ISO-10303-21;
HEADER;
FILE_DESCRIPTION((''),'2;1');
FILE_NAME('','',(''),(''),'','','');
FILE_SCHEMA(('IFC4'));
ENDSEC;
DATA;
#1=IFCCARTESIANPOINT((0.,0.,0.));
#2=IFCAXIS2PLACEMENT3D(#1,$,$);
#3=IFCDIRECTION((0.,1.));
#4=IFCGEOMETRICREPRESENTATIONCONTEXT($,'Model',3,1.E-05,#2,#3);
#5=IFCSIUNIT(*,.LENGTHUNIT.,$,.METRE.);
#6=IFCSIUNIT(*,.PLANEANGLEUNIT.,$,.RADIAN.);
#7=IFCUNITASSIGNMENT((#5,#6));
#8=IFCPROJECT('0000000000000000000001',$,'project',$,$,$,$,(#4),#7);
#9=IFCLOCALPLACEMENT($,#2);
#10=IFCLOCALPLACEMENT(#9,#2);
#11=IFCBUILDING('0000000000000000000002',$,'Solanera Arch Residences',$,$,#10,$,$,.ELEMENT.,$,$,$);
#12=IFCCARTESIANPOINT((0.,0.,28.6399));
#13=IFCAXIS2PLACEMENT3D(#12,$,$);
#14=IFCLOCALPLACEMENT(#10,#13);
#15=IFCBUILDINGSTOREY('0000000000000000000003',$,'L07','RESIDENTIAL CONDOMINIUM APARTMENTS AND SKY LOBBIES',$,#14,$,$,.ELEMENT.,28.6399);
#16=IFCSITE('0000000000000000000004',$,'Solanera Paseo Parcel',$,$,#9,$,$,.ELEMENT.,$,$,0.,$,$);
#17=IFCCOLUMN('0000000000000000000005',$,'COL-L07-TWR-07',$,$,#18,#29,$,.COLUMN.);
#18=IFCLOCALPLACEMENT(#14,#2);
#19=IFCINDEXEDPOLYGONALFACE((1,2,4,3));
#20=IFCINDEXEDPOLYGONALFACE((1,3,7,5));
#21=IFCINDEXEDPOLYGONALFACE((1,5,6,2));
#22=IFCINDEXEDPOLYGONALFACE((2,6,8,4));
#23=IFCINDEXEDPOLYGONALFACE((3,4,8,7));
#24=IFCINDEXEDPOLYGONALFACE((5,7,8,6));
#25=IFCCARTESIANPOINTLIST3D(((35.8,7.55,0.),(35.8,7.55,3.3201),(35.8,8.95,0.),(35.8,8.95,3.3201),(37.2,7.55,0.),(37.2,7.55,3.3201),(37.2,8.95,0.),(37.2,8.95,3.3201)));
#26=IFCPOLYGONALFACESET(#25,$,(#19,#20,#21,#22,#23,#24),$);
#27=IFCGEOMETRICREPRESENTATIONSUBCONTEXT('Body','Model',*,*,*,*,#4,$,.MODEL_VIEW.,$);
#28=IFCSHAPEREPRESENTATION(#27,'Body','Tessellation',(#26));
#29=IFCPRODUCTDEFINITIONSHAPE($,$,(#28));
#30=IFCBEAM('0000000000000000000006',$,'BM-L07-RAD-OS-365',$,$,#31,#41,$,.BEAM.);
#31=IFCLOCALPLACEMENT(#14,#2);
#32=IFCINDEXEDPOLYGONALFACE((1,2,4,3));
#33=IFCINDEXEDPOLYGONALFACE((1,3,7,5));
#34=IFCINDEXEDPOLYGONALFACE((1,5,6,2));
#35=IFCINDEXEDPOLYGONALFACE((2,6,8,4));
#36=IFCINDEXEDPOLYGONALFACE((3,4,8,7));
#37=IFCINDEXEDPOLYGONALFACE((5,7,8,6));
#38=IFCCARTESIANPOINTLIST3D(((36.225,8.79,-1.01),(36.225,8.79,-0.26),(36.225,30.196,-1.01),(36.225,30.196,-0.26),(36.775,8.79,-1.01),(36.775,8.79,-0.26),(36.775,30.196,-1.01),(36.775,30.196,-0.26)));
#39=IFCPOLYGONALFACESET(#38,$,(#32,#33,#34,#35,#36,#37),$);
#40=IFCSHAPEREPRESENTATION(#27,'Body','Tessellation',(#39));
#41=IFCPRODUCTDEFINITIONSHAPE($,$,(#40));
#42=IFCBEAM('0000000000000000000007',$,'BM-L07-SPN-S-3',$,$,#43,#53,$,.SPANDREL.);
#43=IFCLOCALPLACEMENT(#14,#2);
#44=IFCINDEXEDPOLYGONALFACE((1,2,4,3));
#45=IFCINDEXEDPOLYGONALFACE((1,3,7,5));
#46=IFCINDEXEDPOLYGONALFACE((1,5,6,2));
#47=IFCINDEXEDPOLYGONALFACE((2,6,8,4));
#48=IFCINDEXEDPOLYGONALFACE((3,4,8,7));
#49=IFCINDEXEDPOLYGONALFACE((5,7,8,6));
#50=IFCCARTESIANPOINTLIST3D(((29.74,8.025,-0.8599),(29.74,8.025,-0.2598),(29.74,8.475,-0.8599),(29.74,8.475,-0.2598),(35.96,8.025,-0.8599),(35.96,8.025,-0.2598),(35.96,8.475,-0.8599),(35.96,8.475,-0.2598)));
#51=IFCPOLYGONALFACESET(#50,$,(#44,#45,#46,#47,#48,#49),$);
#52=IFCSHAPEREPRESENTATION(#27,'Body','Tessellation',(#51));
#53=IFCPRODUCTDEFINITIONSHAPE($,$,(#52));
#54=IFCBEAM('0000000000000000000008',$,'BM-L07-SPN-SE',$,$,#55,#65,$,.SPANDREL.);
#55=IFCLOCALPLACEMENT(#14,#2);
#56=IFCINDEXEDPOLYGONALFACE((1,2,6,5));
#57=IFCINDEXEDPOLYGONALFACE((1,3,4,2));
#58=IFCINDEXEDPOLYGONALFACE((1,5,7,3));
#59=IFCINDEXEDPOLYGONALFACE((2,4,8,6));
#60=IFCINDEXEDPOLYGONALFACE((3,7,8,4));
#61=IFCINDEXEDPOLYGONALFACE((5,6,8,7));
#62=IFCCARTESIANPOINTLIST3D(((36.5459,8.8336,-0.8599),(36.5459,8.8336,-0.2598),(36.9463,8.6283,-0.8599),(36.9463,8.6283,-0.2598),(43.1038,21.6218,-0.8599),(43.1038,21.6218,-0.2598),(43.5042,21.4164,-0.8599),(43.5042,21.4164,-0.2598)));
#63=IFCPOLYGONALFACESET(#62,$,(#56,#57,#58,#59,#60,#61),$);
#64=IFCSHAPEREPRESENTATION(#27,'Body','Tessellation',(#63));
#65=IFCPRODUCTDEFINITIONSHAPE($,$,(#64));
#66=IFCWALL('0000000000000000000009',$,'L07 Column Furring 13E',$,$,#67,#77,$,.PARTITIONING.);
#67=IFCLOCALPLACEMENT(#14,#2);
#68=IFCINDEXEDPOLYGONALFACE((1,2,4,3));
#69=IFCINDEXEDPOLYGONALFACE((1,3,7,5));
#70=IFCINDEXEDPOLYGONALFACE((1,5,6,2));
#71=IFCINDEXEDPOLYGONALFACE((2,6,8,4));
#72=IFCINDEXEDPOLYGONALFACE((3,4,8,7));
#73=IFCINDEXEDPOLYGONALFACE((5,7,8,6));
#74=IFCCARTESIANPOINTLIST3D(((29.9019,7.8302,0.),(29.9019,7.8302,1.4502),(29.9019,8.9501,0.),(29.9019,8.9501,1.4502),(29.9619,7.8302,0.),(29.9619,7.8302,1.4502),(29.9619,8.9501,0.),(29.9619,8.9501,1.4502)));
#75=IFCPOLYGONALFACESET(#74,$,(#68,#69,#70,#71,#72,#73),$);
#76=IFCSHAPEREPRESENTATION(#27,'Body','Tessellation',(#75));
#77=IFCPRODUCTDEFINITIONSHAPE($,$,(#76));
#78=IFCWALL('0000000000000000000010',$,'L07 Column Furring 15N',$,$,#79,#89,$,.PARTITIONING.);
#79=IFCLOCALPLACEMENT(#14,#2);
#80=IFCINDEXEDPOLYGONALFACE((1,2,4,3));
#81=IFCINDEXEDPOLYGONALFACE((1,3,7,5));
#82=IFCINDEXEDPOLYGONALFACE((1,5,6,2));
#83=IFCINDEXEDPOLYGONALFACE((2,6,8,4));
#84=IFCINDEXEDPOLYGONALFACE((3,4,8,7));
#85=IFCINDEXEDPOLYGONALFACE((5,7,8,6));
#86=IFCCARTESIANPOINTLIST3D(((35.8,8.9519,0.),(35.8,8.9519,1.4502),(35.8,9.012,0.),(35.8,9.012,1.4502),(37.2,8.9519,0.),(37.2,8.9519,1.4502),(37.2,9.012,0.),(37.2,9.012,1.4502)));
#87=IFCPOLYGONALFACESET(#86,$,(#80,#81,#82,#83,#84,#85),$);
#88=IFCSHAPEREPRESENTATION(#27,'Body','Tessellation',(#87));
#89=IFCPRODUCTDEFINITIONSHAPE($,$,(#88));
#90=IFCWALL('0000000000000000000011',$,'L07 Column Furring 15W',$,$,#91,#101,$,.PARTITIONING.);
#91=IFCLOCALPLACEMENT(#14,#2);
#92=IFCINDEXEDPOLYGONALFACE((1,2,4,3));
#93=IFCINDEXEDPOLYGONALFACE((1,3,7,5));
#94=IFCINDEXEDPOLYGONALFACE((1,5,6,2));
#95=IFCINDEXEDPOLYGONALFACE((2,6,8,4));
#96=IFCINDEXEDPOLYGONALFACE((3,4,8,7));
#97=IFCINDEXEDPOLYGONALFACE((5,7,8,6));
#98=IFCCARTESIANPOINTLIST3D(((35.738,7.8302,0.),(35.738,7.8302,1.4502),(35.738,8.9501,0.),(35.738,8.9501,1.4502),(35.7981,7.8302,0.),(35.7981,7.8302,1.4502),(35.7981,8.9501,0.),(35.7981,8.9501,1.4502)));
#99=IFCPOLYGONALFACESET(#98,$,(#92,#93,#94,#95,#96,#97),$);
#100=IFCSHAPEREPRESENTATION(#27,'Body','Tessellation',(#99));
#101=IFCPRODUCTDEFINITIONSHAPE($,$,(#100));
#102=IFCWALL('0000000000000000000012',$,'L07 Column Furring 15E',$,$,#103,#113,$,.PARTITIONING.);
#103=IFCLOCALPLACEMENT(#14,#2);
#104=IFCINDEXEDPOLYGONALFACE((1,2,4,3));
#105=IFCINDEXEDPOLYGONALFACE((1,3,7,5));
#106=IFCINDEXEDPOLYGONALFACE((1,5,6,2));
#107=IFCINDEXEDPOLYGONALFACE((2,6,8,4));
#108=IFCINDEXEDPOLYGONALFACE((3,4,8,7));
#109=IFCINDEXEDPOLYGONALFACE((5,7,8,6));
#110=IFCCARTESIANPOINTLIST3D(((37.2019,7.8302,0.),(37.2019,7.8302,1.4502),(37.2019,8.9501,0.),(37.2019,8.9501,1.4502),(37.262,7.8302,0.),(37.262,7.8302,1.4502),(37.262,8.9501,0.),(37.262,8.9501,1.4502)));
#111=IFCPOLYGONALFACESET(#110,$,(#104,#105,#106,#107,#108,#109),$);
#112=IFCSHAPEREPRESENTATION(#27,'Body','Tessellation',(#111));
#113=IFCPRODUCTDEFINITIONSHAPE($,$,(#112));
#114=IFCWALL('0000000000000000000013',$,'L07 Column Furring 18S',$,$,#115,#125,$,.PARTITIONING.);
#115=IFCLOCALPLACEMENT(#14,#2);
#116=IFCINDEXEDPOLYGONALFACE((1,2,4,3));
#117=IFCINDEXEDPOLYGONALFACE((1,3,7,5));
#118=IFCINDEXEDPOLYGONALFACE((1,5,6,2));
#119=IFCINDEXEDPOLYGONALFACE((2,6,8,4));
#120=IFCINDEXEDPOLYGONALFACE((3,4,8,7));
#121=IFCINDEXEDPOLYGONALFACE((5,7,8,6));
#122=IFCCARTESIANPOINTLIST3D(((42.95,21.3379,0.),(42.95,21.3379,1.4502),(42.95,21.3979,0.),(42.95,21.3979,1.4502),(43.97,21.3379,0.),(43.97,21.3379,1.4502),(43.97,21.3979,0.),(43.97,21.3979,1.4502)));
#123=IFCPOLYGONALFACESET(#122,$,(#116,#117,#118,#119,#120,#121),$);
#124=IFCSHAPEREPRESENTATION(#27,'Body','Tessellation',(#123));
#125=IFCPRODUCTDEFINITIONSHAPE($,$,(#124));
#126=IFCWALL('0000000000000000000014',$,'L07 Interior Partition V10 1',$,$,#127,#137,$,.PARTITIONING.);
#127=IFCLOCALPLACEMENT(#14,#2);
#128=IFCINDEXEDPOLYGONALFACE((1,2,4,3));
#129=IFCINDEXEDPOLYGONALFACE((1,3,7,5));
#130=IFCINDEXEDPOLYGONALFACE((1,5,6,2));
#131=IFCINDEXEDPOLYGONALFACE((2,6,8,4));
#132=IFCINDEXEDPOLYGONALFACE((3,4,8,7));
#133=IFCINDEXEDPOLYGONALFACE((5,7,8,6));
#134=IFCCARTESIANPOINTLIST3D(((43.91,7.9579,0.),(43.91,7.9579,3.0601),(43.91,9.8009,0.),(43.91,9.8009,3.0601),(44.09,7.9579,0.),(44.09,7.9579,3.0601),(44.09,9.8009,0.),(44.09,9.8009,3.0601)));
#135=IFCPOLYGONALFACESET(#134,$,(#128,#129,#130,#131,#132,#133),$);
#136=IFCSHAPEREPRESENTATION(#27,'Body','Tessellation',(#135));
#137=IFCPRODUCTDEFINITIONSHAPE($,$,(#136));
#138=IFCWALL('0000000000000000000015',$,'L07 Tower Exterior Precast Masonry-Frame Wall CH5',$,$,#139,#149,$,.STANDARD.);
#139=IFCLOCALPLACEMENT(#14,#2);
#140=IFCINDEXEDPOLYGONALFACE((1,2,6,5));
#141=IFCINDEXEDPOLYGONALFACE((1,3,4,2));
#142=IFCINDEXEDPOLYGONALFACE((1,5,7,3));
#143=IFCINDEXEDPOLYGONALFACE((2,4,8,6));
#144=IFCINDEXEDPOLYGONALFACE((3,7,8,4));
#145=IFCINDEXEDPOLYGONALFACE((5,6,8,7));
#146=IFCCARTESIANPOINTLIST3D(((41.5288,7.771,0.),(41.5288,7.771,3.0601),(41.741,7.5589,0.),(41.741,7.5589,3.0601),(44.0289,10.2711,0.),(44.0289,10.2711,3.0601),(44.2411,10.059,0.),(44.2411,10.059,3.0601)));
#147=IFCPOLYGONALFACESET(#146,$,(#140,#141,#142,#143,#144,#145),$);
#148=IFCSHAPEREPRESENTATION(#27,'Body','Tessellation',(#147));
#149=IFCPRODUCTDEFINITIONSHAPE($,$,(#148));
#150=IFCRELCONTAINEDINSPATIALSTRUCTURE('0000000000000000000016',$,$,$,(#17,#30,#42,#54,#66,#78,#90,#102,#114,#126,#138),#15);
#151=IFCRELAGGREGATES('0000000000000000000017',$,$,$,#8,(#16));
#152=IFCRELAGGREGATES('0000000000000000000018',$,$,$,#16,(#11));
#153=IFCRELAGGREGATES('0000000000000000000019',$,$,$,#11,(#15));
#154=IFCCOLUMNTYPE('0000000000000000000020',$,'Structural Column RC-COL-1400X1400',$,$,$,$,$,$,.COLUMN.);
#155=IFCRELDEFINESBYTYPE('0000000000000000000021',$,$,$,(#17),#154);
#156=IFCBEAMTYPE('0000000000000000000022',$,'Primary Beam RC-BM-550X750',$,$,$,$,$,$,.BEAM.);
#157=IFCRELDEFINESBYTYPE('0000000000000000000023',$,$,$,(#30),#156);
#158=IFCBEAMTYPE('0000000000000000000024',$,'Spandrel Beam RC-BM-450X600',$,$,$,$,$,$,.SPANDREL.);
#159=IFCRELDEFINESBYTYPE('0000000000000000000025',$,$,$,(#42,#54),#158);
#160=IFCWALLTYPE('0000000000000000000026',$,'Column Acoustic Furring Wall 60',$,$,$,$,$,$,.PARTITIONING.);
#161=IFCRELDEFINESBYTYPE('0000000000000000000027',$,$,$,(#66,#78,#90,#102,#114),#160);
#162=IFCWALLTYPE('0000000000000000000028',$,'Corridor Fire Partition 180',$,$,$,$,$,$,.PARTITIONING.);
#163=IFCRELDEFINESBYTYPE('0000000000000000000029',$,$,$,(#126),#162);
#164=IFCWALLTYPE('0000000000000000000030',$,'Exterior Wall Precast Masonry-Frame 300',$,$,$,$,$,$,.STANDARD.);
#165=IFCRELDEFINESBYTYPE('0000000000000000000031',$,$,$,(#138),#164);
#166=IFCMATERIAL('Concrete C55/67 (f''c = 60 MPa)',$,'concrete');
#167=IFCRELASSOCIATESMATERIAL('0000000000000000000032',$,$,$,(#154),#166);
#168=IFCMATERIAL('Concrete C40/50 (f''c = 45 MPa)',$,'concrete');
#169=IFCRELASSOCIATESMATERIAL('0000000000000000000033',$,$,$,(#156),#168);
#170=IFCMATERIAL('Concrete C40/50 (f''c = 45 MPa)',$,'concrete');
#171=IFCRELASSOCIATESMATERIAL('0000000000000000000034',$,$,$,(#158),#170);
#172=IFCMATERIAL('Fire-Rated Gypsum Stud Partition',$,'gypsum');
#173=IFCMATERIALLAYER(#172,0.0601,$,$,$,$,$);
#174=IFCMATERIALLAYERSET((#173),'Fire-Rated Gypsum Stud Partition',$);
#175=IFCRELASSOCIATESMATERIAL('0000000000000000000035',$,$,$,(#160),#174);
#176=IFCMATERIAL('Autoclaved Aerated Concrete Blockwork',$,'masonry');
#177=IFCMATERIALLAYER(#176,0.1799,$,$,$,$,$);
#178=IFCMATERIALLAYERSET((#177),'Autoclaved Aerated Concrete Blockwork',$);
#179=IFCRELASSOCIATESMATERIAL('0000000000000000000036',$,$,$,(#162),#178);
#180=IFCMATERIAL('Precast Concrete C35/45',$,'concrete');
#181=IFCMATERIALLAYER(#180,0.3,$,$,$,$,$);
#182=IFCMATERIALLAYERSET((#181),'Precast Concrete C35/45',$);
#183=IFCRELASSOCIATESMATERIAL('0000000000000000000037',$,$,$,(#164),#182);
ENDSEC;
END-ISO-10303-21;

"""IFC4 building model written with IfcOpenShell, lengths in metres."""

from ifc_helpers import new_model, si_unit, direction, frame, frame_2d, origin, origin_2d, place, context, subcontext, project, spatial, rectangle, extrude, material, layer, layer_set, material_profile, profile_set, type_object, element, save


model = new_model("IFC4")

# Units and contexts
model_context = context("Model", 3, precision=1e-05, world=origin(), true_north=direction((0.0, 1.0)))
body_context = subcontext(model_context, "Body", "Model", "MODEL_VIEW")
ifc_project = project(units=[si_unit("LENGTHUNIT", "METRE"), si_unit("PLANEANGLEUNIT", "RADIAN")], contexts=[model_context])

# Site, building, storey
site_placement = place(None, origin())
site = spatial("IfcSite", under=ifc_project, at=site_placement, Name="Solanera Paseo Parcel", CompositionType="ELEMENT", RefElevation=0.0)
building_placement = place(site_placement, origin())
building = spatial("IfcBuilding", under=site, at=building_placement, Name="Solanera Arch Residences", CompositionType="ELEMENT")
storey_placement = place(building_placement, frame((0.0, 0.0, 28.6399)))
storey = spatial("IfcBuildingStorey", under=building, at=storey_placement, Name="L07", Description="RESIDENTIAL CONDOMINIUM APARTMENTS AND SKY LOBBIES", CompositionType="ELEMENT", Elevation=28.6399)

# Column
ifc_material_1 = material(Name="Concrete C55/67 (f'c = 60 MPa)", Category="concrete")
ifc_material_profile_1 = material_profile(ifc_material_1, rectangle(XDim=1.3999, YDim=1.3999, at=origin_2d()))
ifc_profile_set_1 = profile_set([ifc_material_profile_1], Name="Concrete C55/67 (f'c = 60 MPa)")
column_type = type_object("IfcColumnType", Name="Structural Column RC-COL-1400X1400", PredefinedType="COLUMN", material=ifc_profile_set_1)
column_placement = place(storey_placement, frame((36.5, 8.25, 0.0), z_axis=(0.0, 0.0, 1.0), x_axis=(1.0, 0.0, 0.0)))
element("IfcColumn", 1, at=column_placement, inside=storey, type_object=column_type, Name="COL-L07-TWR-07", PredefinedType="COLUMN", context=body_context, shape_type="SweptSolid", body=[
    extrude(rectangle(XDim=1.3999, YDim=1.3999, at=origin_2d()), origin(), (0.0, 0.0, 1.0), 3.3201),
])

# Beams
ifc_material_2 = material(Name="Concrete C40/50 (f'c = 45 MPa)", Category="concrete")
ifc_material_profile_2 = material_profile(ifc_material_2, rectangle(XDim=0.55, YDim=0.75, at=origin_2d()))
ifc_profile_set_2 = profile_set([ifc_material_profile_2], Name="Concrete C40/50 (f'c = 45 MPa)")
beam_type_1 = type_object("IfcBeamType", Name="Primary Beam RC-BM-550X750", PredefinedType="BEAM", material=ifc_profile_set_2)
beam_1_placement = place(storey_placement, frame((36.5, 8.79, -0.635), z_axis=(0.0, 1.0, 0.0), x_axis=(-1.0, 0.0, 0.0)))
element("IfcBeam", 2, at=beam_1_placement, inside=storey, type_object=beam_type_1, Name="BM-L07-RAD-OS-365", PredefinedType="BEAM", context=body_context, shape_type="SweptSolid", body=[
    extrude(rectangle(XDim=0.55, YDim=0.75, at=origin_2d()), origin(), (0.0, 0.0, 1.0), 21.406),
])
ifc_material_3 = material(Name="Concrete C40/50 (f'c = 45 MPa)", Category="concrete")
ifc_material_profile_3 = material_profile(ifc_material_3, rectangle(XDim=0.45, YDim=0.6001, at=origin_2d()))
ifc_profile_set_3 = profile_set([ifc_material_profile_3], Name="Concrete C40/50 (f'c = 45 MPa)")
beam_type_2 = type_object("IfcBeamType", Name="Spandrel Beam RC-BM-450X600", PredefinedType="SPANDREL", material=ifc_profile_set_3)
beam_2_placement = place(storey_placement, frame((29.74, 8.25, -0.5598), z_axis=(1.0, 0.0, 0.0), x_axis=(0.0, 1.0, 0.0)))
element("IfcBeam", 3, at=beam_2_placement, inside=storey, type_object=beam_type_2, Name="BM-L07-SPN-S-3", PredefinedType="SPANDREL", context=body_context, shape_type="SweptSolid", body=[
    extrude(rectangle(XDim=0.45, YDim=0.6001, at=origin_2d()), origin(), (0.0, 0.0, 1.0), 6.22),
])
beam_3_placement = place(storey_placement, frame((36.7461, 8.731, -0.5598), z_axis=(0.456309, 0.889821, 0.0), x_axis=(-0.889821, 0.456309, 0.0)))
element("IfcBeam", 4, at=beam_3_placement, inside=storey, type_object=beam_type_2, Name="BM-L07-SPN-SE", PredefinedType="SPANDREL", context=body_context, shape_type="SweptSolid", body=[
    extrude(rectangle(XDim=0.45, YDim=0.6001, at=origin_2d()), origin(), (0.0, 0.0, 1.0), 14.3716),
])

# Walls
ifc_material_4 = material(Name="Fire-Rated Gypsum Stud Partition", Category="gypsum")
ifc_layer_1 = layer(ifc_material_4, 0.0601)
ifc_layer_set_1 = layer_set([ifc_layer_1], Name="Fire-Rated Gypsum Stud Partition")
wall_type_1 = type_object("IfcWallType", Name="Column Acoustic Furring Wall 60", PredefinedType="PARTITIONING", material=ifc_layer_set_1)
wall_1_placement = place(storey_placement, frame((29.9319, 7.8301, 0.0), z_axis=(0.0, 0.0, 1.0), x_axis=(0.0, 1.0, 0.0)))
element("IfcWall", 5, at=wall_1_placement, inside=storey, type_object=wall_type_1, Name="L07 Column Furring 13E", PredefinedType="PARTITIONING", context=body_context, shape_type="SweptSolid", body=[
    extrude(rectangle(XDim=1.1199, YDim=0.0601, at=frame_2d((0.5601, 0.0))), origin(), (0.0, 0.0, 1.0), 1.4502),
])
wall_2_placement = place(storey_placement, frame((35.8, 8.9819, 0.0), z_axis=(0.0, 0.0, 1.0), x_axis=(1.0, 0.0, 0.0)))
element("IfcWall", 6, at=wall_2_placement, inside=storey, type_object=wall_type_1, Name="L07 Column Furring 15N", PredefinedType="PARTITIONING", context=body_context, shape_type="SweptSolid", body=[
    extrude(rectangle(XDim=1.3999, YDim=0.0601, at=frame_2d((0.7, 0.0))), origin(), (0.0, 0.0, 1.0), 1.4502),
])
for number, where, z_axis, x_axis, name in (
    (7, (35.7681, 7.8301, 0.0), (0.0, 0.0, 1.0), (0.0, 1.0, 0.0), "L07 Column Furring 15W"),
    (8, (37.2319, 7.8301, 0.0), (0.0, 0.0, 1.0), (0.0, 1.0, 0.0), "L07 Column Furring 15E"),
):
    element("IfcWall", number, at=place(storey_placement, frame(where, z_axis=z_axis, x_axis=x_axis)), inside=storey, type_object=wall_type_1, Name=name, PredefinedType="PARTITIONING", context=body_context, shape_type="SweptSolid", body=[
        extrude(rectangle(XDim=1.1199, YDim=0.0601, at=frame_2d((0.5601, 0.0))), origin(), (0.0, 0.0, 1.0), 1.4502),
    ])
wall_3_placement = place(storey_placement, frame((42.95, 21.3679, 0.0), z_axis=(0.0, 0.0, 1.0), x_axis=(1.0, 0.0, 0.0)))
element("IfcWall", 9, at=wall_3_placement, inside=storey, type_object=wall_type_1, Name="L07 Column Furring 18S", PredefinedType="PARTITIONING", context=body_context, shape_type="SweptSolid", body=[
    extrude(rectangle(XDim=1.02, YDim=0.0601, at=frame_2d((0.51, 0.0))), origin(), (0.0, 0.0, 1.0), 1.4502),
])
ifc_material_5 = material(Name="Autoclaved Aerated Concrete Blockwork", Category="masonry")
ifc_layer_2 = layer(ifc_material_5, 0.1799)
ifc_layer_set_2 = layer_set([ifc_layer_2], Name="Autoclaved Aerated Concrete Blockwork")
wall_type_2 = type_object("IfcWallType", Name="Corridor Fire Partition 180", PredefinedType="PARTITIONING", material=ifc_layer_set_2)
wall_4_placement = place(storey_placement, frame((44.0, 7.958, 0.0), z_axis=(0.0, 0.0, 1.0), x_axis=(0.0, 1.0, 0.0)))
element("IfcWall", 10, at=wall_4_placement, inside=storey, type_object=wall_type_2, Name="L07 Interior Partition V10 1", PredefinedType="PARTITIONING", context=body_context, shape_type="SweptSolid", body=[
    extrude(rectangle(XDim=1.843, YDim=0.1799, at=frame_2d((0.9214, 0.0))), origin(), (0.0, 0.0, 1.0), 3.0601),
])
ifc_material_6 = material(Name="Precast Concrete C35/45", Category="concrete")
ifc_layer_3 = layer(ifc_material_6, 0.3)
ifc_layer_set_3 = layer_set([ifc_layer_3], Name="Precast Concrete C35/45")
wall_type_3 = type_object("IfcWallType", Name="Exterior Wall Precast Masonry-Frame 300", PredefinedType="STANDARD", material=ifc_layer_set_3)
wall_5_placement = place(storey_placement, frame((44.135, 10.165, 0.0), z_axis=(0.0, 0.0, 1.0), x_axis=(-0.707107, -0.707107, 0.0)))
element("IfcWall", 11, at=wall_5_placement, inside=storey, type_object=wall_type_3, Name="L07 Tower Exterior Precast Masonry-Frame Wall CH5", PredefinedType="STANDARD", context=body_context, shape_type="SweptSolid", body=[
    extrude(rectangle(XDim=3.5356, YDim=0.3, at=frame_2d((1.7678, 0.0))), origin(), (0.0, 0.0, 1.0), 3.0601),
])

save(model, "model.ifc")
